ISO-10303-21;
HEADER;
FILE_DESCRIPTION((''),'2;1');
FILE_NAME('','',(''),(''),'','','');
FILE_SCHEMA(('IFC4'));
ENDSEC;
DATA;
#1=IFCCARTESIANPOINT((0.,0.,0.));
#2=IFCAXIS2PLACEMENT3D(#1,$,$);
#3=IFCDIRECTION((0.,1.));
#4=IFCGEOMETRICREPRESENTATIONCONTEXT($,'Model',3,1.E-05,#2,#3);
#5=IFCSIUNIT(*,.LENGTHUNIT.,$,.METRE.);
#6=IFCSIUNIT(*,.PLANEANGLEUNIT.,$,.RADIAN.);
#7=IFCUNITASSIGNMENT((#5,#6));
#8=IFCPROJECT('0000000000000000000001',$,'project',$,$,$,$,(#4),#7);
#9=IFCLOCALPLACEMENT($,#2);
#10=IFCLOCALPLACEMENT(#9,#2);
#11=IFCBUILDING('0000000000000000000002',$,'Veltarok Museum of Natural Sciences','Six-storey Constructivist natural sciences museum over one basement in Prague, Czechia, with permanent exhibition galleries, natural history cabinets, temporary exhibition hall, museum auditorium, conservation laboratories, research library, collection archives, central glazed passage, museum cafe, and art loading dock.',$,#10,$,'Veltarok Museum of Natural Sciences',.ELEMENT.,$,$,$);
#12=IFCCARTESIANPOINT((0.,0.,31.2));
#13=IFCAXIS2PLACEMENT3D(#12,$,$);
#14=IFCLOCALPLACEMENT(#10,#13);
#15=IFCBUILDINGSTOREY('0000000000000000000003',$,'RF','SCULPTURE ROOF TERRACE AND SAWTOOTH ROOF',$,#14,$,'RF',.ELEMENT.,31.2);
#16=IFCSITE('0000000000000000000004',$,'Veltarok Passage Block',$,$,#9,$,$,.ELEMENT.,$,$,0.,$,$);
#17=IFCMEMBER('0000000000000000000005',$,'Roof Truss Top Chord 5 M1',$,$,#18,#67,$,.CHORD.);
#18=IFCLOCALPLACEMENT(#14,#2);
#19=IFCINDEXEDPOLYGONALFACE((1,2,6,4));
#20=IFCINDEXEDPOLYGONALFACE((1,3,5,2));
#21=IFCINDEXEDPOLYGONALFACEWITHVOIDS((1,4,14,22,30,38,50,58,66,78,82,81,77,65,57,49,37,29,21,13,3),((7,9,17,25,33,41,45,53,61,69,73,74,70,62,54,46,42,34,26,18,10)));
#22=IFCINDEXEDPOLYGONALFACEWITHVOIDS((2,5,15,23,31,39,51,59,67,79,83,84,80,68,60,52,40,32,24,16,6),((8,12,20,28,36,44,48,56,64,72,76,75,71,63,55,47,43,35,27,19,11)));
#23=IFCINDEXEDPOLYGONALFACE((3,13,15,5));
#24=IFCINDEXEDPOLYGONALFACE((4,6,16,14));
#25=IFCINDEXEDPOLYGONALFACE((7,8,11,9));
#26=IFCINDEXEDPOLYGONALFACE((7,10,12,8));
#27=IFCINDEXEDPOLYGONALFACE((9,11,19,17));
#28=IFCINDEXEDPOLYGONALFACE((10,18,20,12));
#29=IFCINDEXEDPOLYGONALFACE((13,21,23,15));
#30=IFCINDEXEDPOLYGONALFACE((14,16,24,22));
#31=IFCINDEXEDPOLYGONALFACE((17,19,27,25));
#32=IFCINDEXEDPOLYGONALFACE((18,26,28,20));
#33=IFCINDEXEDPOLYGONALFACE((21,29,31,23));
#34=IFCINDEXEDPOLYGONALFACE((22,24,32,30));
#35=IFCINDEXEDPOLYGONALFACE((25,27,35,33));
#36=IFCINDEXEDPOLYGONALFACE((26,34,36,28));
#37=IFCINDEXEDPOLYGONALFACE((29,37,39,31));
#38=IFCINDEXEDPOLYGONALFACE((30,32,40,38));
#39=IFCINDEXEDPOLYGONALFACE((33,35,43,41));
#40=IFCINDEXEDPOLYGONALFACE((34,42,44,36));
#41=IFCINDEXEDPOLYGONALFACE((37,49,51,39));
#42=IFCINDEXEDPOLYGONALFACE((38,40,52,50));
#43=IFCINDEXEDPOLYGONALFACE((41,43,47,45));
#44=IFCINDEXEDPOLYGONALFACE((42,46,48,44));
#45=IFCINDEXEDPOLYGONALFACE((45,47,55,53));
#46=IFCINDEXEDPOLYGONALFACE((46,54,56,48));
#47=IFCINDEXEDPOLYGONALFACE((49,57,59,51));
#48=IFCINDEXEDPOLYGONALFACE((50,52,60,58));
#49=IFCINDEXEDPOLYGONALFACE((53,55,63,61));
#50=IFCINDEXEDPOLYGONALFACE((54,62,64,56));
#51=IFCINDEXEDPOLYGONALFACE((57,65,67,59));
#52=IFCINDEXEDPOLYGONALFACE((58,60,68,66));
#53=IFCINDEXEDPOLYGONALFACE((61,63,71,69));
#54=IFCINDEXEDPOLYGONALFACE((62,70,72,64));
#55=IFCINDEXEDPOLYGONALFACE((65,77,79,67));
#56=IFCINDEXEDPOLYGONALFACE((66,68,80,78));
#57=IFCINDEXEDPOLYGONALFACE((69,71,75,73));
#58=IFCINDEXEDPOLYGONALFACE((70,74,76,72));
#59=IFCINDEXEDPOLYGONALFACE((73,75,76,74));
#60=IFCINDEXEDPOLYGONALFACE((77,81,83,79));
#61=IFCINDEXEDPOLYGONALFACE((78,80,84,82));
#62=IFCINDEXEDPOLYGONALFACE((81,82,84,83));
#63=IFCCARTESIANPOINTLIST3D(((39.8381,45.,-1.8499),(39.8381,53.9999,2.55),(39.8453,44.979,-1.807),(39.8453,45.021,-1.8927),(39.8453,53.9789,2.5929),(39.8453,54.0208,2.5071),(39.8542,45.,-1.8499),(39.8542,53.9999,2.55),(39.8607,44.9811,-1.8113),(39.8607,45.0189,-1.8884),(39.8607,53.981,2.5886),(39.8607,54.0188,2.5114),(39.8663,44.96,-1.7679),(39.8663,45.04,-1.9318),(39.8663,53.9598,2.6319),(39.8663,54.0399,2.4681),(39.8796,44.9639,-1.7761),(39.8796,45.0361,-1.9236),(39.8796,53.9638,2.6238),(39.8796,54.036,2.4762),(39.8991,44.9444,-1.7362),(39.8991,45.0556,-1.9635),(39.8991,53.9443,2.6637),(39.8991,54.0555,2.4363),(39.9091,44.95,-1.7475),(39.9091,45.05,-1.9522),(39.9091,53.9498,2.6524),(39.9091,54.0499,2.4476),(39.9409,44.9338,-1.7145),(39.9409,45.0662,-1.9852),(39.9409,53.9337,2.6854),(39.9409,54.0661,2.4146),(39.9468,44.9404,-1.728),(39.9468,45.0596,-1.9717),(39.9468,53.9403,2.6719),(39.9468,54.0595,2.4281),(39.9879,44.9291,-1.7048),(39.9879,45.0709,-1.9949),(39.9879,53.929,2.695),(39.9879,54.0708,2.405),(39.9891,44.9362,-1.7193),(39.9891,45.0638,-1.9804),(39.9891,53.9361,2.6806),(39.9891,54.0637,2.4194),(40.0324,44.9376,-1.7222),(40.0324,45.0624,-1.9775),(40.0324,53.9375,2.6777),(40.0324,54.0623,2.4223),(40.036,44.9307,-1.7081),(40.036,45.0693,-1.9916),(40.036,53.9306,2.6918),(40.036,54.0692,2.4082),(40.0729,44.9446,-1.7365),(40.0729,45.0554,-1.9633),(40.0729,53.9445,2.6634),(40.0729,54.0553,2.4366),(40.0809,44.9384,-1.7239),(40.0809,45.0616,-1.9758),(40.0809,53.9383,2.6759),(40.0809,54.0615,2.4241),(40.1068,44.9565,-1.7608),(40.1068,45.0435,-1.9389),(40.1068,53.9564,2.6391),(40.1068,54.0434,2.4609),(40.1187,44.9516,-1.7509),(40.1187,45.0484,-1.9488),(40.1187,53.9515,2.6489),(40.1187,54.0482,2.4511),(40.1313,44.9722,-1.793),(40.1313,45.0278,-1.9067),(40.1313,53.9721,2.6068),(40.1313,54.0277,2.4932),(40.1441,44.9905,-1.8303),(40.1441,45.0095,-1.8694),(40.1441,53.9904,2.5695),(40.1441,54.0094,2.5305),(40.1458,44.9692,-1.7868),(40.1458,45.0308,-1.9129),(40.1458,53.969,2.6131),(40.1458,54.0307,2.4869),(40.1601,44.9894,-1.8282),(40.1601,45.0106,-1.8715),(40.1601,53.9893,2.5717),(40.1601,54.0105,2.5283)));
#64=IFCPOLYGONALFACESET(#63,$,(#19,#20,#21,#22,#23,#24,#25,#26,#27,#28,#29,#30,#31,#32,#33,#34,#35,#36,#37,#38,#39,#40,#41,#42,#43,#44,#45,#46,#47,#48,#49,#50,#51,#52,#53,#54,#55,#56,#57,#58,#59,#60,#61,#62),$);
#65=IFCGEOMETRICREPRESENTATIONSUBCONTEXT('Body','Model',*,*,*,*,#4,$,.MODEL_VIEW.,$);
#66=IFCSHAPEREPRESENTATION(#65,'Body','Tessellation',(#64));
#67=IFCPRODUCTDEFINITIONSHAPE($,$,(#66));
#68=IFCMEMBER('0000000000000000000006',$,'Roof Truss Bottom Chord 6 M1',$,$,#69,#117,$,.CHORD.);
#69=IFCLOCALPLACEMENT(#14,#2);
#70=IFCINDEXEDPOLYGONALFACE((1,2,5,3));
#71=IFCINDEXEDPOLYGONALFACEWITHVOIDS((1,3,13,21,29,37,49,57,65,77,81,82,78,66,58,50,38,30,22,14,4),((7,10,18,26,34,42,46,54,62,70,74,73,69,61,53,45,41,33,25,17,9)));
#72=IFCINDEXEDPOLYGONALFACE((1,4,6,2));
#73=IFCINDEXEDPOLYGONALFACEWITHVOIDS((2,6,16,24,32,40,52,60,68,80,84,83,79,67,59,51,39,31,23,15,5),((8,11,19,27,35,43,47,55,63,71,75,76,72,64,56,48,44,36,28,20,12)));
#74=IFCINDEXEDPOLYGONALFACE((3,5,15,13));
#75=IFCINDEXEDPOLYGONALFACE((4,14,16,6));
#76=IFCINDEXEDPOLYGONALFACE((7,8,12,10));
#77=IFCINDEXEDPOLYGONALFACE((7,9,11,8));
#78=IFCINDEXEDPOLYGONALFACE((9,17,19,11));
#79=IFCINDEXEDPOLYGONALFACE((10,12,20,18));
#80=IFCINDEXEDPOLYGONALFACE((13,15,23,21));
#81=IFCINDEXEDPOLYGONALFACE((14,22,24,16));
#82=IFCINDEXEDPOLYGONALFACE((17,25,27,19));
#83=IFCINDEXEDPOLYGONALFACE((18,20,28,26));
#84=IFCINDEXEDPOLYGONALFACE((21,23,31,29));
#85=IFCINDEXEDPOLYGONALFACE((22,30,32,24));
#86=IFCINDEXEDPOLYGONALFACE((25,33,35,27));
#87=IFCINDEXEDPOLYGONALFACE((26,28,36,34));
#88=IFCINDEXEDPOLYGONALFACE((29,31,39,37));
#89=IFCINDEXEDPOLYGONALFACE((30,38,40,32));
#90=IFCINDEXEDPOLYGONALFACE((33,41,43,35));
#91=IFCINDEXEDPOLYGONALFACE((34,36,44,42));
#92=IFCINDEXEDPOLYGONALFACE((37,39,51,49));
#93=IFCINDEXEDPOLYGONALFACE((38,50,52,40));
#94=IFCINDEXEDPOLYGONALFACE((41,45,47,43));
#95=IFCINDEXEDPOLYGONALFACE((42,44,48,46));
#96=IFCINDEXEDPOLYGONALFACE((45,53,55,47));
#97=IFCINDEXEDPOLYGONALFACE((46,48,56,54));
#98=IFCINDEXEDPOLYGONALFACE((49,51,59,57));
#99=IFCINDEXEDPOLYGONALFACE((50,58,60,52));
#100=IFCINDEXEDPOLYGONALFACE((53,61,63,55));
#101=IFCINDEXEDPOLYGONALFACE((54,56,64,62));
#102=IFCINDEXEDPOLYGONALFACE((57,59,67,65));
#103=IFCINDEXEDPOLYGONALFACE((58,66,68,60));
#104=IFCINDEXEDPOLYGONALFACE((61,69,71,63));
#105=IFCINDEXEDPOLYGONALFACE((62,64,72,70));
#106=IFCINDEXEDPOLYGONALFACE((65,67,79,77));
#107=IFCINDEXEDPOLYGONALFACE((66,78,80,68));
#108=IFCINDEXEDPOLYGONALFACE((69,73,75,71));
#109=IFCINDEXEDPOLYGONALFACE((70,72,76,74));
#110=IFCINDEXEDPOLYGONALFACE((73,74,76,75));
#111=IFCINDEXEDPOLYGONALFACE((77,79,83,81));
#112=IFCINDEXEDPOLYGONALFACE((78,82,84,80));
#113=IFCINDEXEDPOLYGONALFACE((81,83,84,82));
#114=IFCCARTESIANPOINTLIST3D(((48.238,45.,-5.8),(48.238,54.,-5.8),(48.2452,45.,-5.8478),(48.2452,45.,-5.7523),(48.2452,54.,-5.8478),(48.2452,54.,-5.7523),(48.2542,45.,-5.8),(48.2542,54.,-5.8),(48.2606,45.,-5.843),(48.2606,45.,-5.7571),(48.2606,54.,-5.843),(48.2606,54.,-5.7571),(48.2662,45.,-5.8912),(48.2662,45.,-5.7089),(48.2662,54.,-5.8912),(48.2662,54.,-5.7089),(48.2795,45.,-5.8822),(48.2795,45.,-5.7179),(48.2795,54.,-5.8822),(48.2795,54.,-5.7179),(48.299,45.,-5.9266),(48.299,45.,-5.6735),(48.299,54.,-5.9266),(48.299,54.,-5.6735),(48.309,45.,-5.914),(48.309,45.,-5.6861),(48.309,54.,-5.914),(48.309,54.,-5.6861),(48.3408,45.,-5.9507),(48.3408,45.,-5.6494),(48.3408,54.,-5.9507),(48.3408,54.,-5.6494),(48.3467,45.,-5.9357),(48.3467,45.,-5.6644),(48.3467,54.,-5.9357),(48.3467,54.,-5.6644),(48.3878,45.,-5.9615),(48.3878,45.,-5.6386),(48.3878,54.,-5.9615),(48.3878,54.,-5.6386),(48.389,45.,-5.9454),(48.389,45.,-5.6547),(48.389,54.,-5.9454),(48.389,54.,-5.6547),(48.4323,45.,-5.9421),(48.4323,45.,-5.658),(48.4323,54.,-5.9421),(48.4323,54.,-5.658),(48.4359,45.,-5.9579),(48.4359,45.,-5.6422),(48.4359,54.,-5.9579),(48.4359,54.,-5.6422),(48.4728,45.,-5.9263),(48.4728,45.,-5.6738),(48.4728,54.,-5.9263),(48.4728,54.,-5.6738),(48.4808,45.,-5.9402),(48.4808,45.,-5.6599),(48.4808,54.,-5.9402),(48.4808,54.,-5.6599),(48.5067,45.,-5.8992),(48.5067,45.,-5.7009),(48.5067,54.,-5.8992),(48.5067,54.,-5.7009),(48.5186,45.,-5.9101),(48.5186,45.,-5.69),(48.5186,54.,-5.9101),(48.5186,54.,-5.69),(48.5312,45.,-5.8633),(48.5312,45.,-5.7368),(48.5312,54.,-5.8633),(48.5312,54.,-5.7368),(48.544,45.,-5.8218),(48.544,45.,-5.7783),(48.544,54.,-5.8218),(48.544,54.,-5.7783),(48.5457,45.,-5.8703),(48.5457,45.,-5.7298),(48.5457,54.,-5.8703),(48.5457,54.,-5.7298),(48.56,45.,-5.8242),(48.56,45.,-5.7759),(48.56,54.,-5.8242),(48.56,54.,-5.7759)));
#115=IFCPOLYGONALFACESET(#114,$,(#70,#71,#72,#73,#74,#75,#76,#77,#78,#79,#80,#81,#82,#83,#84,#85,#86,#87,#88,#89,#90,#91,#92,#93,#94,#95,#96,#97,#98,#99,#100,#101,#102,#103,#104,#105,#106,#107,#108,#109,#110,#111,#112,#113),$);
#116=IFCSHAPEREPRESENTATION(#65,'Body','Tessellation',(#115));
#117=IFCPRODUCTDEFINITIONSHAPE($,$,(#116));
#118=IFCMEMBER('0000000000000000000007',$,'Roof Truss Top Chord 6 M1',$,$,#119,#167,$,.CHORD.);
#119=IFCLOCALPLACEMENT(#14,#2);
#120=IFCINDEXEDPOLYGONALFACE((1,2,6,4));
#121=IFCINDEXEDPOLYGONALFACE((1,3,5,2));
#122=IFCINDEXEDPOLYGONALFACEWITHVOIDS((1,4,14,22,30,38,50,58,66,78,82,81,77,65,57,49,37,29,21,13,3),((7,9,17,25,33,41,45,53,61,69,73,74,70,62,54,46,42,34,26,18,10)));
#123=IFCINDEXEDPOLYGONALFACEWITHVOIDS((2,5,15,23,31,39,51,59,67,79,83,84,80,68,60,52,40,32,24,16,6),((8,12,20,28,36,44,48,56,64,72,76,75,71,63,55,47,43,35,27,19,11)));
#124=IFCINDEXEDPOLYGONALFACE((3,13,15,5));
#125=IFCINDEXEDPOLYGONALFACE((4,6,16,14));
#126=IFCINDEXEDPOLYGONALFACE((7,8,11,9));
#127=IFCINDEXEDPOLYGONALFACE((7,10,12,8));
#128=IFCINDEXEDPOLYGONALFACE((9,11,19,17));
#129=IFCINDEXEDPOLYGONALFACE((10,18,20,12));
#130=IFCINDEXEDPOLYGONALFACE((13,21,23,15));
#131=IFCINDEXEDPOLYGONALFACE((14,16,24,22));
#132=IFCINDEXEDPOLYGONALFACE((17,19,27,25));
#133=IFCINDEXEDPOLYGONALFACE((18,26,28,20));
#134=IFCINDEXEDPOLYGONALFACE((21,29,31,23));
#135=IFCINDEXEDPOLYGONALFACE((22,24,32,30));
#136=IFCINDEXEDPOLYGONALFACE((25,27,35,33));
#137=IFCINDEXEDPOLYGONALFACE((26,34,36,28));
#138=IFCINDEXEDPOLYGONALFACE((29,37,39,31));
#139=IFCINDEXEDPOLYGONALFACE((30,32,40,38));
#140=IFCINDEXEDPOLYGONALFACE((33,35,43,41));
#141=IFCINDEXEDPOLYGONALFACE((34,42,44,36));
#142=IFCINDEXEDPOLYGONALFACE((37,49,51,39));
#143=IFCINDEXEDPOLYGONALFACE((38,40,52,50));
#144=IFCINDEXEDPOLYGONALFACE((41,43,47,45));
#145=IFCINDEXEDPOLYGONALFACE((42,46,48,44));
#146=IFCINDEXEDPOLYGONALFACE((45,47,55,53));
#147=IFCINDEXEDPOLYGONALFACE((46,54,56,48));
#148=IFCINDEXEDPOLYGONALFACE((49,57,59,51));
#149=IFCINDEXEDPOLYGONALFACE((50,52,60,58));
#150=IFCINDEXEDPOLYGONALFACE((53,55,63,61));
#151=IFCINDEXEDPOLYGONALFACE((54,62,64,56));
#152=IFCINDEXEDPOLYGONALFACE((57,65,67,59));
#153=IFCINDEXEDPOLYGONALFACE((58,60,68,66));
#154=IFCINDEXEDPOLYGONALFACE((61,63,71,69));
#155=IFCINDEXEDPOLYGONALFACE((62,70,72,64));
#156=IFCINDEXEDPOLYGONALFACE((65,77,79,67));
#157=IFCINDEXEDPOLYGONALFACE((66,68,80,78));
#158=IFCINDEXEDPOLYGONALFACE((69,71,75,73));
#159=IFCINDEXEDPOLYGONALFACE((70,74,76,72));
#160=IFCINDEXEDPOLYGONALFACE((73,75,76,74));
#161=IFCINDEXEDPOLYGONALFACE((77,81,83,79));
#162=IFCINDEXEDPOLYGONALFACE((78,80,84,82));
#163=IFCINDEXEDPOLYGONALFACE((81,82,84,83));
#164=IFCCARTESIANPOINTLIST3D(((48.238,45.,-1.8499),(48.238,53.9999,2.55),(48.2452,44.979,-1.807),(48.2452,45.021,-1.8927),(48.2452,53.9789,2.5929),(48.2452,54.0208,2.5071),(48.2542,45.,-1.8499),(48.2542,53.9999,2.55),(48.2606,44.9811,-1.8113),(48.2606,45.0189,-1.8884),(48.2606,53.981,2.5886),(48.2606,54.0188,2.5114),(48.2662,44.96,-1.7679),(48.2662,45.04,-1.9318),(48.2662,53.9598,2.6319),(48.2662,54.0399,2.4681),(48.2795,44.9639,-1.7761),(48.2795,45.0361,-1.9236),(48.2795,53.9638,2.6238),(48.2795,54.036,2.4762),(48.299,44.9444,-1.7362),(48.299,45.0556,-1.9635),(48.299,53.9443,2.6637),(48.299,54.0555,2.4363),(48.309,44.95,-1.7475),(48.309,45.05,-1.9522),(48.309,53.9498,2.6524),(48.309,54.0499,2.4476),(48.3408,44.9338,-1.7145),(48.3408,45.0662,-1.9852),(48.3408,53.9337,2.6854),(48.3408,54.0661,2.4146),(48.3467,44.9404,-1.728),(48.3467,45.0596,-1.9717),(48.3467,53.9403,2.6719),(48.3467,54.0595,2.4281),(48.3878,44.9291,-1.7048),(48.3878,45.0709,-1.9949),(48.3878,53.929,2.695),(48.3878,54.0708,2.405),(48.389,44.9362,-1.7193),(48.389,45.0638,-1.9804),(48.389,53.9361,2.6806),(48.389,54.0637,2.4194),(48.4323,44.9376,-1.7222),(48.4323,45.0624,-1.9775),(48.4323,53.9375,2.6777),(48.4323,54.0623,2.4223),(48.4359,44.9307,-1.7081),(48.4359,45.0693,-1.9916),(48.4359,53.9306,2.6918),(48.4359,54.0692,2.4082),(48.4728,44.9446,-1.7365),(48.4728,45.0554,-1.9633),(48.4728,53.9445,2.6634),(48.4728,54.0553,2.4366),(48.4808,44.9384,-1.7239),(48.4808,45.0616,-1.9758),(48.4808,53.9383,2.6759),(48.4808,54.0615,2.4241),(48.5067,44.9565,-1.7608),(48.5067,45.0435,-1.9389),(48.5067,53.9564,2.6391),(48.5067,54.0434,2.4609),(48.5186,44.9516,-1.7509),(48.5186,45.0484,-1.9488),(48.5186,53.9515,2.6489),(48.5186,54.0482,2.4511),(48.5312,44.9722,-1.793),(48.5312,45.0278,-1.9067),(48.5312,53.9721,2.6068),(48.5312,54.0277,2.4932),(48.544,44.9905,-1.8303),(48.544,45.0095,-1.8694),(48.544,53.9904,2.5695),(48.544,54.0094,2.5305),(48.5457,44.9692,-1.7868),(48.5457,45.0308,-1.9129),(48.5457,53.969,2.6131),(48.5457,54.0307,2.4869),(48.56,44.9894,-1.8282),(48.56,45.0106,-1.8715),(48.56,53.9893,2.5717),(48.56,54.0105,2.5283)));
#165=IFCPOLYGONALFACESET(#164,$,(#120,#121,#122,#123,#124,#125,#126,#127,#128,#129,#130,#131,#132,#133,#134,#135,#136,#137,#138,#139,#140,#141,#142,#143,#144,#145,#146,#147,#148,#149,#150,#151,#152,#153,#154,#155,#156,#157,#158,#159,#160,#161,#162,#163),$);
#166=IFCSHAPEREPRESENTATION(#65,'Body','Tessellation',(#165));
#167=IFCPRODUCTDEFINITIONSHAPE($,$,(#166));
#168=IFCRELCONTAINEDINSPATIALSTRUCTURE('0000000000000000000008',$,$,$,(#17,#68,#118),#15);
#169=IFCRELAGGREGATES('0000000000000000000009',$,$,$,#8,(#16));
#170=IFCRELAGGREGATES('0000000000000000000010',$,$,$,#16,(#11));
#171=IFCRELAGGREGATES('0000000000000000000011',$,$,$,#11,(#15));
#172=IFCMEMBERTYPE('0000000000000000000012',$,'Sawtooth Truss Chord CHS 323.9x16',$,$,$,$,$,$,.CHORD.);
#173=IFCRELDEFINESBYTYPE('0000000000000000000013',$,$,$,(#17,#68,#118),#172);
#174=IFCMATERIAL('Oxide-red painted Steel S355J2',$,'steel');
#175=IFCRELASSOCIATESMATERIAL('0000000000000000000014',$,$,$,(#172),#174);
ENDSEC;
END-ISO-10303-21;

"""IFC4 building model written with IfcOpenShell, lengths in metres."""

from ifc_helpers import new_model, si_unit, direction, frame, origin, origin_2d, place, context, subcontext, project, spatial, hollow_circle, extrude, material, material_profile, profile_set, type_object, element, save


model = new_model("IFC4")

# Units and contexts
model_context = context("Model", 3, precision=1e-05, world=origin(), true_north=direction((0.0, 1.0)))
body_context = subcontext(model_context, "Body", "Model", "MODEL_VIEW")
ifc_project = project(units=[si_unit("LENGTHUNIT", "METRE"), si_unit("PLANEANGLEUNIT", "RADIAN")], contexts=[model_context])

# Site, building, storey
site_placement = place(None, origin())
site = spatial("IfcSite", under=ifc_project, at=site_placement, Name="Veltarok Passage Block", CompositionType="ELEMENT", RefElevation=0.0)
building_placement = place(site_placement, origin())
building = spatial("IfcBuilding", under=site, at=building_placement, Name="Veltarok Museum of Natural Sciences", Description="Six-storey Constructivist natural sciences museum over one basement in Prague, Czechia, with permanent exhibition galleries, natural history cabinets, temporary exhibition hall, museum auditorium, conservation laboratories, research library, collection archives, central glazed passage, museum cafe, and art loading dock.", LongName="Veltarok Museum of Natural Sciences", CompositionType="ELEMENT")
storey_placement = place(building_placement, frame((0.0, 0.0, 31.2)))
storey = spatial("IfcBuildingStorey", under=building, at=storey_placement, Name="RF", Description="SCULPTURE ROOF TERRACE AND SAWTOOTH ROOF", LongName="RF", CompositionType="ELEMENT", Elevation=31.2)

# Members
ifc_material_1 = material(Name="Oxide-red painted Steel S355J2", Category="steel")
ifc_material_profile_1 = material_profile(ifc_material_1, hollow_circle(Radius=0.1619, WallThickness=0.0161, at=origin_2d()), Name="CHS 323.9x16")
ifc_profile_set_1 = profile_set([ifc_material_profile_1], Name="Oxide-red painted Steel S355J2")
member_type_1 = type_object("IfcMemberType", Name="Sawtooth Truss Chord CHS 323.9x16", PredefinedType="CHORD", material=ifc_profile_set_1)
member_1_placement = place(storey_placement, frame((40.0, 45.0, -1.8499), z_axis=(0.0, 0.898388, 0.439202), x_axis=(-1.0, 0.0, 0.0)))
element("IfcMember", 1, at=member_1_placement, inside=storey, type_object=member_type_1, Name="Roof Truss Top Chord 5 M1", PredefinedType="CHORD", context=body_context, shape_type="SweptSolid", body=[
    extrude(hollow_circle(Radius=0.1619, WallThickness=0.0161, at=origin_2d()), origin(), (0.0, 0.0, 1.0), 10.0178),
])
member_2_placement = place(storey_placement, frame((48.3999, 45.0, -5.8), z_axis=(0.0, 1.0, 0.0), x_axis=(-1.0, 0.0, 0.0)))
element("IfcMember", 2, at=member_2_placement, inside=storey, type_object=member_type_1, Name="Roof Truss Bottom Chord 6 M1", PredefinedType="CHORD", context=body_context, shape_type="SweptSolid", body=[
    extrude(hollow_circle(Radius=0.1619, WallThickness=0.0161, at=origin_2d()), origin(), (0.0, 0.0, 1.0), 9.0),
])
member_3_placement = place(storey_placement, frame((48.3999, 45.0, -1.8499), z_axis=(0.0, 0.898388, 0.439202), x_axis=(-1.0, 0.0, 0.0)))
element("IfcMember", 3, at=member_3_placement, inside=storey, type_object=member_type_1, Name="Roof Truss Top Chord 6 M1", PredefinedType="CHORD", context=body_context, shape_type="SweptSolid", body=[
    extrude(hollow_circle(Radius=0.1619, WallThickness=0.0161, at=origin_2d()), origin(), (0.0, 0.0, 1.0), 10.0178),
])

save(model, "model.ifc")
